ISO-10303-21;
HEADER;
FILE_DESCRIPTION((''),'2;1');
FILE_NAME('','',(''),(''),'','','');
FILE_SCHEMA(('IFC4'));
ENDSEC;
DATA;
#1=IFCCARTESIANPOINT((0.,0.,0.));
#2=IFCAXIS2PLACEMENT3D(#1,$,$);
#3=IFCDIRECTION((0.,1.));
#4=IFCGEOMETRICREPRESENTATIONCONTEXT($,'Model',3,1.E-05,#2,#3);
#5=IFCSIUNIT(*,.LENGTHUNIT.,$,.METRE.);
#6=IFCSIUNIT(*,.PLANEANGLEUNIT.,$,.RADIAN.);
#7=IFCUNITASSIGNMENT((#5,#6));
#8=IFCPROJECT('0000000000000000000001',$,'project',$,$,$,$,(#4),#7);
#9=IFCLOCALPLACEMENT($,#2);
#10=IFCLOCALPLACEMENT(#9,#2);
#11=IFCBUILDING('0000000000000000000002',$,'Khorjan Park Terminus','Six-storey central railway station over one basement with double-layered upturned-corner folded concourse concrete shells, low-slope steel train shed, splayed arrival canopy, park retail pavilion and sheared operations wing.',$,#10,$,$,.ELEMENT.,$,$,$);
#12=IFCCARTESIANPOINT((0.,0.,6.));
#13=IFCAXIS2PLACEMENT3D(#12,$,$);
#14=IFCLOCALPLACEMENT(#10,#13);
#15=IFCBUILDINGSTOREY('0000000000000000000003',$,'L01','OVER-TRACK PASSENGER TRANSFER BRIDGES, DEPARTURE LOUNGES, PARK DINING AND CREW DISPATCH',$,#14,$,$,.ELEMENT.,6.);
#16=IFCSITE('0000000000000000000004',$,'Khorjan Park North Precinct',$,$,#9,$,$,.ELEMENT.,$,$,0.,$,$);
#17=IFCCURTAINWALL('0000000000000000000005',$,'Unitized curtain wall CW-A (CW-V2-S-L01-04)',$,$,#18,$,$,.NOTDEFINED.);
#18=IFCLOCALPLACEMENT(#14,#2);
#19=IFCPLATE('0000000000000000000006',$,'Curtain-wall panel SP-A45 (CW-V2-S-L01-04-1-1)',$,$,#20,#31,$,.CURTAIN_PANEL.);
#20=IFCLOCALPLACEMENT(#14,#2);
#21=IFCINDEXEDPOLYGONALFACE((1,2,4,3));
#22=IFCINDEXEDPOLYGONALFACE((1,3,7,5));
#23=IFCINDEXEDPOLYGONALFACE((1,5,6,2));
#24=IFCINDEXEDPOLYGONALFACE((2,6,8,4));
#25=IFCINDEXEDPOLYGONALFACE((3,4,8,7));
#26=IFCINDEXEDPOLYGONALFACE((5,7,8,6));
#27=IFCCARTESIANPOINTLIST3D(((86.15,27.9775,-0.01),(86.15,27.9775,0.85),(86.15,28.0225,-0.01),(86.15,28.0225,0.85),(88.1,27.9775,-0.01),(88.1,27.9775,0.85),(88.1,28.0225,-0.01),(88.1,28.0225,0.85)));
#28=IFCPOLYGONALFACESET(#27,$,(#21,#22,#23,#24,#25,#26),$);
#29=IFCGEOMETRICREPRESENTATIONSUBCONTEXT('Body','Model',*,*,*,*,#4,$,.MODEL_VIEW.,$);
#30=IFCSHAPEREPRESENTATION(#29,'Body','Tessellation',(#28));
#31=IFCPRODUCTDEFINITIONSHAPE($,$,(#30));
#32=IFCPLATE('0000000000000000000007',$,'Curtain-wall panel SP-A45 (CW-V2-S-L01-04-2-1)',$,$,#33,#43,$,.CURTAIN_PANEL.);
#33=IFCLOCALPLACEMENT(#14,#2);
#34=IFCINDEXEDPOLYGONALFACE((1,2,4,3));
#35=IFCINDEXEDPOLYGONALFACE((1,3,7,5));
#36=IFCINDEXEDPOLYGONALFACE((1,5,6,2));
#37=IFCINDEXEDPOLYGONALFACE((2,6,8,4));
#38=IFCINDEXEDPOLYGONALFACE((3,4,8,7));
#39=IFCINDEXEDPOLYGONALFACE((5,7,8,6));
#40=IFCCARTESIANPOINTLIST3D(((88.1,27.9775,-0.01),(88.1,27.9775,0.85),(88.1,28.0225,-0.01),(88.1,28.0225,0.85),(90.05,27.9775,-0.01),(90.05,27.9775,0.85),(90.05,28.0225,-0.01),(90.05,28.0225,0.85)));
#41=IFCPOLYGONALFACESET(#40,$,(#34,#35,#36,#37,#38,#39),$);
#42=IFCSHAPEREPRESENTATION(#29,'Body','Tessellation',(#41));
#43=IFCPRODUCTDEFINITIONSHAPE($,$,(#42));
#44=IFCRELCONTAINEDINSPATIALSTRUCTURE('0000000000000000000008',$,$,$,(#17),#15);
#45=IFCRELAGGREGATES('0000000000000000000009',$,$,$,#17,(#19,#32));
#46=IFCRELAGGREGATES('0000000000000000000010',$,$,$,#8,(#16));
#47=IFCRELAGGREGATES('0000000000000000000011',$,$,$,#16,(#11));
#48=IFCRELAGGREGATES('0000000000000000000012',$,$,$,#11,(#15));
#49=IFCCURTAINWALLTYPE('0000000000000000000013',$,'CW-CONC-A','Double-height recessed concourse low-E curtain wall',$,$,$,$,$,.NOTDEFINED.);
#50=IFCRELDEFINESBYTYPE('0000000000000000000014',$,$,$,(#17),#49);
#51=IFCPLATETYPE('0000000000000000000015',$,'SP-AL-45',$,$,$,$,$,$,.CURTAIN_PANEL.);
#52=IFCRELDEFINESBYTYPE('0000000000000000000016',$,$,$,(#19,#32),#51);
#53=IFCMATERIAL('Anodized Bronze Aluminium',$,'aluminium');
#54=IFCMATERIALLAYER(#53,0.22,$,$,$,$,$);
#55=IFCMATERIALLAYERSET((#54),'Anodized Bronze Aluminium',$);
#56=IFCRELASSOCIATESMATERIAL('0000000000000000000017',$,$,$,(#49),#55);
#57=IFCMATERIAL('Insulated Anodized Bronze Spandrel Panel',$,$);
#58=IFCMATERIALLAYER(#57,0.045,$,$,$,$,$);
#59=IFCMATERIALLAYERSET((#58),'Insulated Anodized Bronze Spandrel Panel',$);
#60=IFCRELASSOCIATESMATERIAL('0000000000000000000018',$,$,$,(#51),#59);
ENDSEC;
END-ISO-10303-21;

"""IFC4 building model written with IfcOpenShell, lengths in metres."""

from ifc_helpers import new_model, si_unit, direction, frame, origin, origin_2d, place, context, subcontext, project, spatial, rectangle, extrude, material, layer, layer_set, type_object, element, aggregate, save


model = new_model("IFC4")

# Units and contexts
model_context = context("Model", 3, precision=1e-05, world=origin(), true_north=direction((0.0, 1.0)))
body_context = subcontext(model_context, "Body", "Model", "MODEL_VIEW")
ifc_project = project(units=[si_unit("LENGTHUNIT", "METRE"), si_unit("PLANEANGLEUNIT", "RADIAN")], contexts=[model_context])

# Site, building, storey
site_placement = place(None, origin())
site = spatial("IfcSite", under=ifc_project, at=site_placement, Name="Khorjan Park North Precinct", CompositionType="ELEMENT", RefElevation=0.0)
building_placement = place(site_placement, origin())
building = spatial("IfcBuilding", under=site, at=building_placement, Name="Khorjan Park Terminus", Description="Six-storey central railway station over one basement with double-layered upturned-corner folded concourse concrete shells, low-slope steel train shed, splayed arrival canopy, park retail pavilion and sheared operations wing.", CompositionType="ELEMENT")
storey_placement = place(building_placement, frame((0.0, 0.0, 6.0)))
storey = spatial("IfcBuildingStorey", under=building, at=storey_placement, Name="L01", Description="OVER-TRACK PASSENGER TRANSFER BRIDGES, DEPARTURE LOUNGES, PARK DINING AND CREW DISPATCH", CompositionType="ELEMENT", Elevation=6.0)

# Shared definitions
ifc_material_1 = material(Name="Anodized Bronze Aluminium", Category="aluminium")
ifc_layer_1 = layer(ifc_material_1, 0.22)
ifc_layer_set_1 = layer_set([ifc_layer_1], Name="Anodized Bronze Aluminium")
curtain_wall_type = type_object("IfcCurtainWallType", Name="CW-CONC-A", Description="Double-height recessed concourse low-E curtain wall", PredefinedType="NOTDEFINED", material=ifc_layer_set_1)

# Curtain wall
curtain_wall_1_placement = place(storey_placement, origin())
curtain_wall_1 = element("IfcCurtainWall", 1, at=curtain_wall_1_placement, inside=storey, type_object=curtain_wall_type, Name="Unitized curtain wall CW-A (CW-V2-S-L01-04)", PredefinedType="NOTDEFINED")

# Plates
ifc_material_2 = material(Name="Insulated Anodized Bronze Spandrel Panel")
ifc_layer_2 = layer(ifc_material_2, 0.045)
ifc_layer_set_2 = layer_set([ifc_layer_2], Name="Insulated Anodized Bronze Spandrel Panel")
plate_type_1 = type_object("IfcPlateType", Name="SP-AL-45", PredefinedType="CURTAIN_PANEL", material=ifc_layer_set_2)
plate_1_placement = place(storey_placement, frame((87.125, 28.0, -0.01), z_axis=(0.0, 0.0, 1.0), x_axis=(1.0, 0.0, 0.0)))
plate_1 = element("IfcPlate", 2, at=plate_1_placement, type_object=plate_type_1, Name="Curtain-wall panel SP-A45 (CW-V2-S-L01-04-1-1)", PredefinedType="CURTAIN_PANEL", context=body_context, shape_type="SweptSolid", body=[
    extrude(rectangle(XDim=1.95, YDim=0.045, at=origin_2d()), origin(), (0.0, 0.0, 1.0), 0.86),
])
plate_2_placement = place(storey_placement, frame((89.075, 28.0, -0.01), z_axis=(0.0, 0.0, 1.0), x_axis=(1.0, 0.0, 0.0)))
plate_2 = element("IfcPlate", 3, at=plate_2_placement, type_object=plate_type_1, Name="Curtain-wall panel SP-A45 (CW-V2-S-L01-04-2-1)", PredefinedType="CURTAIN_PANEL", context=body_context, shape_type="SweptSolid", body=[
    extrude(rectangle(XDim=1.95, YDim=0.045, at=origin_2d()), origin(), (0.0, 0.0, 1.0), 0.86),
])
aggregate(curtain_wall_1, [plate_1, plate_2])

save(model, "model.ifc")
